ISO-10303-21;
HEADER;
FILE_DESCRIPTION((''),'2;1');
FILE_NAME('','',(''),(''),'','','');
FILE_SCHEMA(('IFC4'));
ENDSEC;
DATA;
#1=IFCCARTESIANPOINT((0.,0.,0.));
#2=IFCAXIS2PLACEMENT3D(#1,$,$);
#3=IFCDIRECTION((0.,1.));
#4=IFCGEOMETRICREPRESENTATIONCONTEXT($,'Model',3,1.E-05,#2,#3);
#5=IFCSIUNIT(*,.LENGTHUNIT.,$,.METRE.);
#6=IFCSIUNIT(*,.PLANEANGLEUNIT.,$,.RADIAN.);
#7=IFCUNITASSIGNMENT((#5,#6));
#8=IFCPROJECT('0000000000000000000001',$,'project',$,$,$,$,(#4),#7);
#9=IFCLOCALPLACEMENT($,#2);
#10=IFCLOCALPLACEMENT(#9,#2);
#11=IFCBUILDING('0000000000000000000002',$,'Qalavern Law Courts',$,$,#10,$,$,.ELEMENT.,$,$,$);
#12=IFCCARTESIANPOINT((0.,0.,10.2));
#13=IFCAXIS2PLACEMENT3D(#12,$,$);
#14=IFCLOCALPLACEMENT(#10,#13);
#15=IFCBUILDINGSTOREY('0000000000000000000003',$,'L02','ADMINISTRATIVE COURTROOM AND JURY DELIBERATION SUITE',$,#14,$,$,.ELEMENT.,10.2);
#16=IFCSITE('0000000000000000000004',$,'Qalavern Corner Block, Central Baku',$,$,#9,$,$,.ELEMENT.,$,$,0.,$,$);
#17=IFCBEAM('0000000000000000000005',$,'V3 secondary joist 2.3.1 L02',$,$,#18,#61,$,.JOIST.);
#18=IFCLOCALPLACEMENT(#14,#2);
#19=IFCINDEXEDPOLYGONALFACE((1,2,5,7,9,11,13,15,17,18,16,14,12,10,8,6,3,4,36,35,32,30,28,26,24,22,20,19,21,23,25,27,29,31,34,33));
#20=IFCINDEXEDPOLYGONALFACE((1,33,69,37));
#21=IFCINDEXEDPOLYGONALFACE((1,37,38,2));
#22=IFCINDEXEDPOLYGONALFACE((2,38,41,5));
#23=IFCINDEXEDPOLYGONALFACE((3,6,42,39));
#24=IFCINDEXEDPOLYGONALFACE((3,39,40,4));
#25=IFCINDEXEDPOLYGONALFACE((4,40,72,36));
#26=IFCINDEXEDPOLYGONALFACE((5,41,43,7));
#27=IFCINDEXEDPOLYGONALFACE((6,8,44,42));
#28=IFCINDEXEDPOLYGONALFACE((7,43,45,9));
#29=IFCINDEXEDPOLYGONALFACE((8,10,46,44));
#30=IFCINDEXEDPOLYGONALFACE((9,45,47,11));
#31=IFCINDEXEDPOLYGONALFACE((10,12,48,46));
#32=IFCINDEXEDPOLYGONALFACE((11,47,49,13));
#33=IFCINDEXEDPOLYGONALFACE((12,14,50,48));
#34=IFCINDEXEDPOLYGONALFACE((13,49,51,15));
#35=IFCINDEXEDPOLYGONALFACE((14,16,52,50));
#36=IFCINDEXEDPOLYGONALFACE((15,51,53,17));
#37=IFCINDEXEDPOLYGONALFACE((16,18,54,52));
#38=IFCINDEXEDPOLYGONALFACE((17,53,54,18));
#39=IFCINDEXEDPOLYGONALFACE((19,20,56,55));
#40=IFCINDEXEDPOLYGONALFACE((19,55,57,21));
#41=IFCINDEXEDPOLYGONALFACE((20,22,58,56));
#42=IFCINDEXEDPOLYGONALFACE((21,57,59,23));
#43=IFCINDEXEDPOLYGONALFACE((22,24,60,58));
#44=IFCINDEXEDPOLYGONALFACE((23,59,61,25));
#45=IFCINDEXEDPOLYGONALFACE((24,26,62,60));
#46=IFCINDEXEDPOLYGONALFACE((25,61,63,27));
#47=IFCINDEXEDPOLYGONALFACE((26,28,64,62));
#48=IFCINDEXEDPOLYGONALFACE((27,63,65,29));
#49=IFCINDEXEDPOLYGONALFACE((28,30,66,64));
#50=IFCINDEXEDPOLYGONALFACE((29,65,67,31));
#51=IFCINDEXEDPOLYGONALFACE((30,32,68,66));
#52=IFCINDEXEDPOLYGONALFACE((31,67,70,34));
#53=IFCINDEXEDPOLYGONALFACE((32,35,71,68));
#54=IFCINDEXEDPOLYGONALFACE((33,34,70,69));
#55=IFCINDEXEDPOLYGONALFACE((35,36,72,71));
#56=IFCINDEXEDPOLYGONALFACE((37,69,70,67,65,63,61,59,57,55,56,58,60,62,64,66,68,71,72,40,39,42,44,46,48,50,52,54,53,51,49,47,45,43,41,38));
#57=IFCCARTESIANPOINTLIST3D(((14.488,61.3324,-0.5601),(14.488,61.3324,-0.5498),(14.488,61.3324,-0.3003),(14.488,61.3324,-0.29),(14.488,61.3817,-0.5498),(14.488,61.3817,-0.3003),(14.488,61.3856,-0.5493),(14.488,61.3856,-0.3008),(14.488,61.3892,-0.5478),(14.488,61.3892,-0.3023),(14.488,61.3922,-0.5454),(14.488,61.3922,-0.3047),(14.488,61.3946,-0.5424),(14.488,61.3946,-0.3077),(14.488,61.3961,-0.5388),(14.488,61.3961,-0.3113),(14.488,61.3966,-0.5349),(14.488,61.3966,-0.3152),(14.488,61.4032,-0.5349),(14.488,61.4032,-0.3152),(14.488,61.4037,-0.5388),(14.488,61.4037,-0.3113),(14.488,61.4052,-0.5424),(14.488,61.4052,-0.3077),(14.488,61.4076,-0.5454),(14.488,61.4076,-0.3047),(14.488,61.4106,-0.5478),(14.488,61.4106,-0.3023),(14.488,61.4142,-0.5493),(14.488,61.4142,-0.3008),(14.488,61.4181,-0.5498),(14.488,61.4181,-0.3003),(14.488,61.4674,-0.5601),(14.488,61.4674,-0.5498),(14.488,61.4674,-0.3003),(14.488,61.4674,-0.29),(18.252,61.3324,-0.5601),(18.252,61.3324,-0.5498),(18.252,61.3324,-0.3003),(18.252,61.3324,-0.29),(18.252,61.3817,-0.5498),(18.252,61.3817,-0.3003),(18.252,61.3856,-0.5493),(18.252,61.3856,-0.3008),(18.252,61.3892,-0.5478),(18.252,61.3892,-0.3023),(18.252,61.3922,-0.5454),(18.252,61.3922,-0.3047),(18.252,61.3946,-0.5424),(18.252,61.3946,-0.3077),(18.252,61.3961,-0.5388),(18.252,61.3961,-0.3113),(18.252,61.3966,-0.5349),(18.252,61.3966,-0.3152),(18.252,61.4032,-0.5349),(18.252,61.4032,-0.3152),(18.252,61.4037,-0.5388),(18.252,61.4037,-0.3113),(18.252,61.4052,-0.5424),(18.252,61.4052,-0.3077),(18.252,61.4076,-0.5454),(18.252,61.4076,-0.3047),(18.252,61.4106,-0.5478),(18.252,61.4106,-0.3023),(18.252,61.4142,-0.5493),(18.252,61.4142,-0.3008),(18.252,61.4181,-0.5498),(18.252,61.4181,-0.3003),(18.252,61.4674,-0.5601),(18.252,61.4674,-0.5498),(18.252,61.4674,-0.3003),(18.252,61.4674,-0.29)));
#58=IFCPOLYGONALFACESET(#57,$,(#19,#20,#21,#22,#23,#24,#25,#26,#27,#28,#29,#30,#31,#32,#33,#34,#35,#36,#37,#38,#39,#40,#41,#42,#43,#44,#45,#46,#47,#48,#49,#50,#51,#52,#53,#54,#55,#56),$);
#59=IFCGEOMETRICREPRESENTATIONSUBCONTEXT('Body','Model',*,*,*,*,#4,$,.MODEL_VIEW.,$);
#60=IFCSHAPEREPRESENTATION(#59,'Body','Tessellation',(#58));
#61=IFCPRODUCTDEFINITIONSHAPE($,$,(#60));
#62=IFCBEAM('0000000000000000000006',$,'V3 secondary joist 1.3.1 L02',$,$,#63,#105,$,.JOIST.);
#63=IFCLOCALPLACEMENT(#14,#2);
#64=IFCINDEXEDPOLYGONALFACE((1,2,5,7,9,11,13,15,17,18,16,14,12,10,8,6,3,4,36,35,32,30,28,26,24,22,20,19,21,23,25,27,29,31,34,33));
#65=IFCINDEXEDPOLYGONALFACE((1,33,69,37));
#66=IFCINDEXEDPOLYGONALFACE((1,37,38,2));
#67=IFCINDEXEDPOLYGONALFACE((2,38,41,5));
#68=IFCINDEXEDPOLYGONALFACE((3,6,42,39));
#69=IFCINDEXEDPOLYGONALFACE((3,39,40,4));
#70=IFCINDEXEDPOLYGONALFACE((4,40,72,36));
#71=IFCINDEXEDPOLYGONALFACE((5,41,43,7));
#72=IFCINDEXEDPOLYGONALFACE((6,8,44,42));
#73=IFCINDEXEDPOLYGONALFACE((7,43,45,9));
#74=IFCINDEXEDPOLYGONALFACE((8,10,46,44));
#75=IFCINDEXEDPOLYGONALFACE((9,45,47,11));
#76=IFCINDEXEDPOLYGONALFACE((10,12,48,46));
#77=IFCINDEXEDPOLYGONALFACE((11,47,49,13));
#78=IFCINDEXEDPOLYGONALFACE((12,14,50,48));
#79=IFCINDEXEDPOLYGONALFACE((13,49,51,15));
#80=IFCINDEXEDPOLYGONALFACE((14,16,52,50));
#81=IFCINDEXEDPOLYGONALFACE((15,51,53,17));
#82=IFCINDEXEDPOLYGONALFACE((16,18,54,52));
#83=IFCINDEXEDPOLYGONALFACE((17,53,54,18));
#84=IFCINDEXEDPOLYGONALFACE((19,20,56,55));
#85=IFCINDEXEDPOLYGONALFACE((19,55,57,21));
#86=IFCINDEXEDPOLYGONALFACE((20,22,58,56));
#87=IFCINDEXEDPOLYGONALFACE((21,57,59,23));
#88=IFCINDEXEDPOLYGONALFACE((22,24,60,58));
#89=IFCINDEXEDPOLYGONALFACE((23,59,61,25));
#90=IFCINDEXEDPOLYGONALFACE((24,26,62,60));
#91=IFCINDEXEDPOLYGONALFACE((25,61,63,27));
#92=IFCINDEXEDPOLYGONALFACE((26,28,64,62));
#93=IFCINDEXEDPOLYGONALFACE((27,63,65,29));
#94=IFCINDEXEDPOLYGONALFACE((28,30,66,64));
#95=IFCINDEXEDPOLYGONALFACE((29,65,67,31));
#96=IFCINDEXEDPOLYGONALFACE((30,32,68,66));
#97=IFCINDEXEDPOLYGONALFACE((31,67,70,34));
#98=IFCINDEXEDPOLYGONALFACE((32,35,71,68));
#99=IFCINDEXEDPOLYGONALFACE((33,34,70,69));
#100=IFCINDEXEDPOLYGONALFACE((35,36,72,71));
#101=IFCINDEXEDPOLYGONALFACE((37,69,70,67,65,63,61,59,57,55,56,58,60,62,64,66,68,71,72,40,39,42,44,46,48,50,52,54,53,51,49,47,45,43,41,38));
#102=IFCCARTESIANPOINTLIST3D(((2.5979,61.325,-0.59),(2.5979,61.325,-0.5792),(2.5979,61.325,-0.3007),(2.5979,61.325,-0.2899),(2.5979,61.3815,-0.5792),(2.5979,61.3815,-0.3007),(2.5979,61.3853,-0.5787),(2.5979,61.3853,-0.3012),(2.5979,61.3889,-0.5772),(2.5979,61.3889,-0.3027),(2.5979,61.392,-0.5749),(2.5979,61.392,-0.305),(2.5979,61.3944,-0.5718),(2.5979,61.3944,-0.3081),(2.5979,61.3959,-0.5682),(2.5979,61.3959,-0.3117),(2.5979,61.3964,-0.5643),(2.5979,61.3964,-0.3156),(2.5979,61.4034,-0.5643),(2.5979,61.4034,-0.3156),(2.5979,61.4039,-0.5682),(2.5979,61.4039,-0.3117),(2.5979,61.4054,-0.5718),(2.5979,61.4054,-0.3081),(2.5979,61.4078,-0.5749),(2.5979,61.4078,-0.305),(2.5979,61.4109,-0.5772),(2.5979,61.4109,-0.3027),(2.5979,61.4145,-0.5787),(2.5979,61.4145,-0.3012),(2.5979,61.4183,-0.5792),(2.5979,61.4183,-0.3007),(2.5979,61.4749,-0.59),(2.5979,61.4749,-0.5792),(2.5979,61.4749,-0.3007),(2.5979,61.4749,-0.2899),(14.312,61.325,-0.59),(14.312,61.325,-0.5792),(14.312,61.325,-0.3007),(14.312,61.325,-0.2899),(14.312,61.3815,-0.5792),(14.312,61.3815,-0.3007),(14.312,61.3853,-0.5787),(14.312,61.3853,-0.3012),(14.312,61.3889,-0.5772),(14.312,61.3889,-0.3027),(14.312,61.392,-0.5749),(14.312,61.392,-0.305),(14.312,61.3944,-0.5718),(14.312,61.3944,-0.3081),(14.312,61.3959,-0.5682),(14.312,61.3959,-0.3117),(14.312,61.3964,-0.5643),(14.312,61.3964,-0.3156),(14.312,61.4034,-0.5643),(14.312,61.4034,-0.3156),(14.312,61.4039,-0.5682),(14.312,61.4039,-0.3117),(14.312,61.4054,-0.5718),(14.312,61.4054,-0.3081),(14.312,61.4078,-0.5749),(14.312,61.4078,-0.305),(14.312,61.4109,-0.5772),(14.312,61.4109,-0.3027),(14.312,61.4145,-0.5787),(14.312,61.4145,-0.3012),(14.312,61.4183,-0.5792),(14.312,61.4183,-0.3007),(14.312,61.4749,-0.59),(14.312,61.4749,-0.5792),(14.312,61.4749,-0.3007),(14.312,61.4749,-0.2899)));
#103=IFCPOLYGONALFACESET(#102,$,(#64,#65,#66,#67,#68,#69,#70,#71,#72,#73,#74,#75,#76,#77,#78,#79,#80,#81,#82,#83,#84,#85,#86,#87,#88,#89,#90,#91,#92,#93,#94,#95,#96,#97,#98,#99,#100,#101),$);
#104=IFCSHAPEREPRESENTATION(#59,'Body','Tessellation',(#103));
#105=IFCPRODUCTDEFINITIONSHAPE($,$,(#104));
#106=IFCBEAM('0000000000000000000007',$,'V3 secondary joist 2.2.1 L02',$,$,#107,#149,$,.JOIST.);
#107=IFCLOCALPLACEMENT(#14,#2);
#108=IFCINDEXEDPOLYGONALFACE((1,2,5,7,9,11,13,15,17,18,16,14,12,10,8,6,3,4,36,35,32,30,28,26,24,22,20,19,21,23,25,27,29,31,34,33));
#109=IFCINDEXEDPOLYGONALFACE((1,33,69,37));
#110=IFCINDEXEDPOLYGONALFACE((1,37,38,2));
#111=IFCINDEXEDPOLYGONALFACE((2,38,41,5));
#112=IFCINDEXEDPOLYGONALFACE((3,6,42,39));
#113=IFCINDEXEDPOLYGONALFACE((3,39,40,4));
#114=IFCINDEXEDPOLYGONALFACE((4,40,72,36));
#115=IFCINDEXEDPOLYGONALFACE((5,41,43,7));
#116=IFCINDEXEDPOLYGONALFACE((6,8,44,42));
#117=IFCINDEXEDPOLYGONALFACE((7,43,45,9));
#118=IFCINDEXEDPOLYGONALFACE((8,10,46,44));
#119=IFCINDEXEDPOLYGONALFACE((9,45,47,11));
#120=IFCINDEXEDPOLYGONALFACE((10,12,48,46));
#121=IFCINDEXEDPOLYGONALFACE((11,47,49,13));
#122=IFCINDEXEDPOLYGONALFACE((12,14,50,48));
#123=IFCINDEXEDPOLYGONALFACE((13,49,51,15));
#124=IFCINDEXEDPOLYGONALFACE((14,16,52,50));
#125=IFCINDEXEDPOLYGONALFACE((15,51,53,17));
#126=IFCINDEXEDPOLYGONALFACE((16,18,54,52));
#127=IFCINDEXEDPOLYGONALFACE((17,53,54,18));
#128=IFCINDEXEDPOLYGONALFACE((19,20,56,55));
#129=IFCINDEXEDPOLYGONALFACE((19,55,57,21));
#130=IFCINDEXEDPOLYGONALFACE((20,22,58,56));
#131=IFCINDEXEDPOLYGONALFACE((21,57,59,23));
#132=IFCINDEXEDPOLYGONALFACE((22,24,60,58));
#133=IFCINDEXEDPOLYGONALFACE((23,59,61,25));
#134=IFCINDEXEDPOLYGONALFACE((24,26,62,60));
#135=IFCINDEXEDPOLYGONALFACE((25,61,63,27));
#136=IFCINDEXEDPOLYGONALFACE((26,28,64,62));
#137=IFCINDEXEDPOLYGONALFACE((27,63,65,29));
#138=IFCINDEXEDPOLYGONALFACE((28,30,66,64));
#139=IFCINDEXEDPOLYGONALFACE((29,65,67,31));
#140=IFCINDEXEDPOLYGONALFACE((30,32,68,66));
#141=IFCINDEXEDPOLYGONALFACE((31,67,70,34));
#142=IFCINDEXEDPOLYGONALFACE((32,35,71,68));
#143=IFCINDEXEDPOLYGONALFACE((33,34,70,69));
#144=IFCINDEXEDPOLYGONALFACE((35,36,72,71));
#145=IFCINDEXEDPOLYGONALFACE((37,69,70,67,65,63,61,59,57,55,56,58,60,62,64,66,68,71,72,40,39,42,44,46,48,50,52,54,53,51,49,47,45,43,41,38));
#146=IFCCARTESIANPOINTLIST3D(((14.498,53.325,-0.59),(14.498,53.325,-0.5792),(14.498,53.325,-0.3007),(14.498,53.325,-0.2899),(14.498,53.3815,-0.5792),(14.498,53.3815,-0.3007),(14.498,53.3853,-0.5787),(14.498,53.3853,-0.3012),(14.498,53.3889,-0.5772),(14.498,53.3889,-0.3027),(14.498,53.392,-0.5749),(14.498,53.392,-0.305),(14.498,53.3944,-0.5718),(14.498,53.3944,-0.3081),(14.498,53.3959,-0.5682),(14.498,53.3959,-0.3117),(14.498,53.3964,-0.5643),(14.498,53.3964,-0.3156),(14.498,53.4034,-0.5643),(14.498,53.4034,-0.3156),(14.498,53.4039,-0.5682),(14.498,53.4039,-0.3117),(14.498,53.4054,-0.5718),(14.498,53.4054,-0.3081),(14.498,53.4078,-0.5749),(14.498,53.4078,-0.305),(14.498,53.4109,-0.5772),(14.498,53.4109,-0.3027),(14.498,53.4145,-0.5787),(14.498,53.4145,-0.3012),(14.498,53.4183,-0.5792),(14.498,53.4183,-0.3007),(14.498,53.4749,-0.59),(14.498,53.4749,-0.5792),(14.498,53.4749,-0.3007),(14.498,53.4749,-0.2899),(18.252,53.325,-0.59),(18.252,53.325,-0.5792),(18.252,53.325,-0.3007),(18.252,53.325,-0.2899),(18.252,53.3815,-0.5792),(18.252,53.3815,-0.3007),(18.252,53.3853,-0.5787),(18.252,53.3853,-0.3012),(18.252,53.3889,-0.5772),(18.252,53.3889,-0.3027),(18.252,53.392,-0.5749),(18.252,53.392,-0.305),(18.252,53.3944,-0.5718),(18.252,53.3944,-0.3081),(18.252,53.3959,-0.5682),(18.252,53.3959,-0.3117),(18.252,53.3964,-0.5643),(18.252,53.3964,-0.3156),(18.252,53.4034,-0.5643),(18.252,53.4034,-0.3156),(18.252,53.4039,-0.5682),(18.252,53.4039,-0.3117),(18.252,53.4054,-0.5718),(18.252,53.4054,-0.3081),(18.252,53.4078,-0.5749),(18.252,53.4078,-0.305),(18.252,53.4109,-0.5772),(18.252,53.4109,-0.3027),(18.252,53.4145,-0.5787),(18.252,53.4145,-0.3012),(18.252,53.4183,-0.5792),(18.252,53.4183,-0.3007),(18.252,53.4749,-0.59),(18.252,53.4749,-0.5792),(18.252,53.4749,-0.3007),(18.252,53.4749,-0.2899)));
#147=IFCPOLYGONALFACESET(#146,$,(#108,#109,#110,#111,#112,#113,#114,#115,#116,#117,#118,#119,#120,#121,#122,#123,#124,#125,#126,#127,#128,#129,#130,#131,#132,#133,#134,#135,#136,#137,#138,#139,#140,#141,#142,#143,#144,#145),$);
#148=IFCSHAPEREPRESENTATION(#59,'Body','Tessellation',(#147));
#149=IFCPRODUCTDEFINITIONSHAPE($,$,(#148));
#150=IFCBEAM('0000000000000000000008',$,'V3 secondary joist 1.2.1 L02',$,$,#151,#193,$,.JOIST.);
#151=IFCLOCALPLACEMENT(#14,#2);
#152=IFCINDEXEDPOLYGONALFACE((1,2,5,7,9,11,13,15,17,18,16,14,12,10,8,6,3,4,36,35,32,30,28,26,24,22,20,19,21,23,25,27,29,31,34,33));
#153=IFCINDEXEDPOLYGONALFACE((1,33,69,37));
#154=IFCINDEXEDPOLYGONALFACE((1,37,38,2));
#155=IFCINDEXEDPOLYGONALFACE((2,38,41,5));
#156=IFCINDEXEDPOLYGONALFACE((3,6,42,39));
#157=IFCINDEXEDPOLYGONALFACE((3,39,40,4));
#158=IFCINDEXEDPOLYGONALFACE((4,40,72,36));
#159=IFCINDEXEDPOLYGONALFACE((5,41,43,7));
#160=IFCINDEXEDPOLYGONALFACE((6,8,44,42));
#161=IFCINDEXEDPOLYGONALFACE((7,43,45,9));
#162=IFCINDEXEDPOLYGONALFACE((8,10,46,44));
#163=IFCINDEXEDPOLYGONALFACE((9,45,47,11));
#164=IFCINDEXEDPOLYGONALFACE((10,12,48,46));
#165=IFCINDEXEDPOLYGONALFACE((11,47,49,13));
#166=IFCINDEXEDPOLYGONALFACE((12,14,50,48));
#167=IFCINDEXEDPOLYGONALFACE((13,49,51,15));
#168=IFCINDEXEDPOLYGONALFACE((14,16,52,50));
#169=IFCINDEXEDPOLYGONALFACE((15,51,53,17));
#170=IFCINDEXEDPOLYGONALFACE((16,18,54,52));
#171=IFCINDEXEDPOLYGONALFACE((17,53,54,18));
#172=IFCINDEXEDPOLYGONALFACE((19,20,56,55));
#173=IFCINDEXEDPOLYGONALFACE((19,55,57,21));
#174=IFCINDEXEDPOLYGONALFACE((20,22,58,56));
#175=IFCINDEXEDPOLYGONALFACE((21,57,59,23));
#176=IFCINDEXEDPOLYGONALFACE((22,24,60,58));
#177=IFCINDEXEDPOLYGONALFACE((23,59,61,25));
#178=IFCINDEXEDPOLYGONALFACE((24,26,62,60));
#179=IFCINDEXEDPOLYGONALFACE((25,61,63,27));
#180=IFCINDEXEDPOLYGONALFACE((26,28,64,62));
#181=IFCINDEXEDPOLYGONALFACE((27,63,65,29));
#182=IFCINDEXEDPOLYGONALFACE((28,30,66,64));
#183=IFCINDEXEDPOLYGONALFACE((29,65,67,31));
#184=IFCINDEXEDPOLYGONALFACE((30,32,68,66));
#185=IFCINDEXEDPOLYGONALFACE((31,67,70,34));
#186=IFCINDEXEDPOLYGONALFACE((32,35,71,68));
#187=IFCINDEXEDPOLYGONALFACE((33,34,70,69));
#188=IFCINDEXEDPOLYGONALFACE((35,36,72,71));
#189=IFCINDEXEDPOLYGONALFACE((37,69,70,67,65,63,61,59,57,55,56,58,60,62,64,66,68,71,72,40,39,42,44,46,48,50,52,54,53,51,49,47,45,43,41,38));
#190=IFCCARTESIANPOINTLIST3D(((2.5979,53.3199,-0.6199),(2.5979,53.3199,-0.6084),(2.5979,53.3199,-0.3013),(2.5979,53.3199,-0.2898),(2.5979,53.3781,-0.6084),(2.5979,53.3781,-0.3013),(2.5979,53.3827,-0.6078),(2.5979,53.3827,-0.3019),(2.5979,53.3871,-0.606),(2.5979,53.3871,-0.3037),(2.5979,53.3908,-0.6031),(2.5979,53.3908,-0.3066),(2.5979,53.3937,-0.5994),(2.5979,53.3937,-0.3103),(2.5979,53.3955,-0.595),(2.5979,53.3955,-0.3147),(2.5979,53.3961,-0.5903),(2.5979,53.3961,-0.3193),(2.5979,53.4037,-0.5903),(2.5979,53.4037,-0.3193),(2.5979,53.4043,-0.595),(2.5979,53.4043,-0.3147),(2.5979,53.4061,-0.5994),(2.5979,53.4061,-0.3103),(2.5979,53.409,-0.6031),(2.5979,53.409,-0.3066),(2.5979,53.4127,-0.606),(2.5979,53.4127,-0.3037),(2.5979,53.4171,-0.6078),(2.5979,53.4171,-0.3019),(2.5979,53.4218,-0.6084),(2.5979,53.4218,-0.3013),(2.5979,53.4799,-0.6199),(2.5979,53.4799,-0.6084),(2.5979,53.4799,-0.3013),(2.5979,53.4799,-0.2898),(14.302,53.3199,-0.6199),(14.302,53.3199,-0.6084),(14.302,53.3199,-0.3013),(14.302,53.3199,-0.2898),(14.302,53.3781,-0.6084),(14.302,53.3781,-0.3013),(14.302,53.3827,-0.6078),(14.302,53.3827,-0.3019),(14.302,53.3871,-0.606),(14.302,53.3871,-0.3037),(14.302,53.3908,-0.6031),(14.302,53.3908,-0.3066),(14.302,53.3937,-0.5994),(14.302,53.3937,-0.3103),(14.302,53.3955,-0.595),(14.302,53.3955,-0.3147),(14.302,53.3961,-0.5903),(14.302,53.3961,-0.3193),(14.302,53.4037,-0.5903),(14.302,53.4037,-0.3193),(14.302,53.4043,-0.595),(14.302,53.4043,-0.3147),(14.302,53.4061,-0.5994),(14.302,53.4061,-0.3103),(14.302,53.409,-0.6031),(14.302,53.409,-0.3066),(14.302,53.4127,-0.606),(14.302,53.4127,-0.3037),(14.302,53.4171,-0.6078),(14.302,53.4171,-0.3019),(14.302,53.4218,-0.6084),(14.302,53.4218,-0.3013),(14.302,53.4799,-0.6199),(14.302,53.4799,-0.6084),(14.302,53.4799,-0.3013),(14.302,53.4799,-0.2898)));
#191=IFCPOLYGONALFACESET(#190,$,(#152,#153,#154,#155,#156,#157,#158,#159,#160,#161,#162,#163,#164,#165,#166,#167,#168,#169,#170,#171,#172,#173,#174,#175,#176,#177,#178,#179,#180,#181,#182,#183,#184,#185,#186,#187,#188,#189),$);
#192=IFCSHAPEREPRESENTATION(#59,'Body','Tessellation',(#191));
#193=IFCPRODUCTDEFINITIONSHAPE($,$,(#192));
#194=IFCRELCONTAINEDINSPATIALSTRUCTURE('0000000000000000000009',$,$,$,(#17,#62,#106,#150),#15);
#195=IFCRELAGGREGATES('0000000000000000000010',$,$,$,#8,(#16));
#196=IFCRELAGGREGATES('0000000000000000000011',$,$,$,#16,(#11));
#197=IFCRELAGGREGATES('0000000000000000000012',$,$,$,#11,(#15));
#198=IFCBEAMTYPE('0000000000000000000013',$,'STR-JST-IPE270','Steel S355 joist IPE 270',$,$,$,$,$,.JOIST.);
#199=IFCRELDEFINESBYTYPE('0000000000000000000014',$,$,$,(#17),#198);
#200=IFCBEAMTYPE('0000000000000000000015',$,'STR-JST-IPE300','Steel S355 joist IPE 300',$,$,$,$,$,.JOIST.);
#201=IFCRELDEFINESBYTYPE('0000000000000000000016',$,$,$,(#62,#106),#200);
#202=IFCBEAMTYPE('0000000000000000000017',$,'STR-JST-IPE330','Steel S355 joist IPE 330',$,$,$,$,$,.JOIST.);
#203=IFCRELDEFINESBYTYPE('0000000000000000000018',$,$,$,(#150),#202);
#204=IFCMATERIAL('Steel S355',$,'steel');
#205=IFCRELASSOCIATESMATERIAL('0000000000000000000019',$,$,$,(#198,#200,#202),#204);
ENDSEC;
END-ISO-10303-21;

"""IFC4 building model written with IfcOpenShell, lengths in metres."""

from ifc_helpers import new_model, si_unit, direction, frame, origin, origin_2d, place, context, subcontext, project, spatial, i_section, extrude, material, material_profile, profile_set, type_object, element, save


model = new_model("IFC4")

# Units and contexts
model_context = context("Model", 3, precision=1e-05, world=origin(), true_north=direction((0.0, 1.0)))
body_context = subcontext(model_context, "Body", "Model", "MODEL_VIEW")
ifc_project = project(units=[si_unit("LENGTHUNIT", "METRE"), si_unit("PLANEANGLEUNIT", "RADIAN")], contexts=[model_context])

# Site, building, storey
site_placement = place(None, origin())
site = spatial("IfcSite", under=ifc_project, at=site_placement, Name="Qalavern Corner Block, Central Baku", CompositionType="ELEMENT", RefElevation=0.0)
building_placement = place(site_placement, origin())
building = spatial("IfcBuilding", under=site, at=building_placement, Name="Qalavern Law Courts", CompositionType="ELEMENT")
storey_placement = place(building_placement, frame((0.0, 0.0, 10.2)))
storey = spatial("IfcBuildingStorey", under=building, at=storey_placement, Name="L02", Description="ADMINISTRATIVE COURTROOM AND JURY DELIBERATION SUITE", CompositionType="ELEMENT", Elevation=10.2)

# Beams
ifc_material_1 = material(Name="Steel S355", Category="steel")
ifc_material_profile_1 = material_profile(ifc_material_1, i_section(OverallWidth=0.135, OverallDepth=0.27, WebThickness=0.0066, FlangeThickness=0.0103, FilletRadius=0.0149, at=origin_2d()), Name="IPE 270")
ifc_profile_set_1 = profile_set([ifc_material_profile_1], Name="Steel S355")
beam_type_1 = type_object("IfcBeamType", Name="STR-JST-IPE270", Description="Steel S355 joist IPE 270", PredefinedType="JOIST", material=ifc_profile_set_1)
beam_1_placement = place(storey_placement, frame((14.488, 61.3999, -0.425), z_axis=(1.0, 0.0, 0.0), x_axis=(0.0, 1.0, 0.0)))
element("IfcBeam", 1, at=beam_1_placement, inside=storey, type_object=beam_type_1, Name="V3 secondary joist 2.3.1 L02", PredefinedType="JOIST", context=body_context, shape_type="SweptSolid", body=[
    extrude(i_section(OverallWidth=0.135, OverallDepth=0.27, WebThickness=0.0066, FlangeThickness=0.0103, FilletRadius=0.0149, at=origin_2d()), origin(), (0.0, 0.0, 1.0), 3.7639),
])
ifc_material_profile_2 = material_profile(ifc_material_1, i_section(OverallWidth=0.1499, OverallDepth=0.3, WebThickness=0.0071, FlangeThickness=0.0107, FilletRadius=0.0149, at=origin_2d()), Name="IPE 300")
ifc_profile_set_2 = profile_set([ifc_material_profile_2], Name="Steel S355")
beam_type_2 = type_object("IfcBeamType", Name="STR-JST-IPE300", Description="Steel S355 joist IPE 300", PredefinedType="JOIST", material=ifc_profile_set_2)
beam_2_placement = place(storey_placement, frame((2.5979, 61.3999, -0.4399), z_axis=(1.0, 0.0, 0.0), x_axis=(0.0, 1.0, 0.0)))
element("IfcBeam", 2, at=beam_2_placement, inside=storey, type_object=beam_type_2, Name="V3 secondary joist 1.3.1 L02", PredefinedType="JOIST", context=body_context, shape_type="SweptSolid", body=[
    extrude(i_section(OverallWidth=0.1499, OverallDepth=0.3, WebThickness=0.0071, FlangeThickness=0.0107, FilletRadius=0.0149, at=origin_2d()), origin(), (0.0, 0.0, 1.0), 11.7141),
])
beam_3_placement = place(storey_placement, frame((14.498, 53.3999, -0.4399), z_axis=(1.0, 0.0, 0.0), x_axis=(0.0, 1.0, 0.0)))
element("IfcBeam", 3, at=beam_3_placement, inside=storey, type_object=beam_type_2, Name="V3 secondary joist 2.2.1 L02", PredefinedType="JOIST", context=body_context, shape_type="SweptSolid", body=[
    extrude(i_section(OverallWidth=0.1499, OverallDepth=0.3, WebThickness=0.0071, FlangeThickness=0.0107, FilletRadius=0.0149, at=origin_2d()), origin(), (0.0, 0.0, 1.0), 3.7539),
])
ifc_material_profile_3 = material_profile(ifc_material_1, i_section(OverallWidth=0.1599, OverallDepth=0.3301, WebThickness=0.0076, FlangeThickness=0.0115, FilletRadius=0.0181, at=origin_2d()), Name="IPE 330")
ifc_profile_set_3 = profile_set([ifc_material_profile_3], Name="Steel S355")
beam_type_3 = type_object("IfcBeamType", Name="STR-JST-IPE330", Description="Steel S355 joist IPE 330", PredefinedType="JOIST", material=ifc_profile_set_3)
beam_4_placement = place(storey_placement, frame((2.5979, 53.3999, -0.4548), z_axis=(1.0, 0.0, 0.0), x_axis=(0.0, 1.0, 0.0)))
element("IfcBeam", 4, at=beam_4_placement, inside=storey, type_object=beam_type_3, Name="V3 secondary joist 1.2.1 L02", PredefinedType="JOIST", context=body_context, shape_type="SweptSolid", body=[
    extrude(i_section(OverallWidth=0.1599, OverallDepth=0.3301, WebThickness=0.0076, FlangeThickness=0.0115, FilletRadius=0.0181, at=origin_2d()), origin(), (0.0, 0.0, 1.0), 11.7041),
])

save(model, "model.ifc")
